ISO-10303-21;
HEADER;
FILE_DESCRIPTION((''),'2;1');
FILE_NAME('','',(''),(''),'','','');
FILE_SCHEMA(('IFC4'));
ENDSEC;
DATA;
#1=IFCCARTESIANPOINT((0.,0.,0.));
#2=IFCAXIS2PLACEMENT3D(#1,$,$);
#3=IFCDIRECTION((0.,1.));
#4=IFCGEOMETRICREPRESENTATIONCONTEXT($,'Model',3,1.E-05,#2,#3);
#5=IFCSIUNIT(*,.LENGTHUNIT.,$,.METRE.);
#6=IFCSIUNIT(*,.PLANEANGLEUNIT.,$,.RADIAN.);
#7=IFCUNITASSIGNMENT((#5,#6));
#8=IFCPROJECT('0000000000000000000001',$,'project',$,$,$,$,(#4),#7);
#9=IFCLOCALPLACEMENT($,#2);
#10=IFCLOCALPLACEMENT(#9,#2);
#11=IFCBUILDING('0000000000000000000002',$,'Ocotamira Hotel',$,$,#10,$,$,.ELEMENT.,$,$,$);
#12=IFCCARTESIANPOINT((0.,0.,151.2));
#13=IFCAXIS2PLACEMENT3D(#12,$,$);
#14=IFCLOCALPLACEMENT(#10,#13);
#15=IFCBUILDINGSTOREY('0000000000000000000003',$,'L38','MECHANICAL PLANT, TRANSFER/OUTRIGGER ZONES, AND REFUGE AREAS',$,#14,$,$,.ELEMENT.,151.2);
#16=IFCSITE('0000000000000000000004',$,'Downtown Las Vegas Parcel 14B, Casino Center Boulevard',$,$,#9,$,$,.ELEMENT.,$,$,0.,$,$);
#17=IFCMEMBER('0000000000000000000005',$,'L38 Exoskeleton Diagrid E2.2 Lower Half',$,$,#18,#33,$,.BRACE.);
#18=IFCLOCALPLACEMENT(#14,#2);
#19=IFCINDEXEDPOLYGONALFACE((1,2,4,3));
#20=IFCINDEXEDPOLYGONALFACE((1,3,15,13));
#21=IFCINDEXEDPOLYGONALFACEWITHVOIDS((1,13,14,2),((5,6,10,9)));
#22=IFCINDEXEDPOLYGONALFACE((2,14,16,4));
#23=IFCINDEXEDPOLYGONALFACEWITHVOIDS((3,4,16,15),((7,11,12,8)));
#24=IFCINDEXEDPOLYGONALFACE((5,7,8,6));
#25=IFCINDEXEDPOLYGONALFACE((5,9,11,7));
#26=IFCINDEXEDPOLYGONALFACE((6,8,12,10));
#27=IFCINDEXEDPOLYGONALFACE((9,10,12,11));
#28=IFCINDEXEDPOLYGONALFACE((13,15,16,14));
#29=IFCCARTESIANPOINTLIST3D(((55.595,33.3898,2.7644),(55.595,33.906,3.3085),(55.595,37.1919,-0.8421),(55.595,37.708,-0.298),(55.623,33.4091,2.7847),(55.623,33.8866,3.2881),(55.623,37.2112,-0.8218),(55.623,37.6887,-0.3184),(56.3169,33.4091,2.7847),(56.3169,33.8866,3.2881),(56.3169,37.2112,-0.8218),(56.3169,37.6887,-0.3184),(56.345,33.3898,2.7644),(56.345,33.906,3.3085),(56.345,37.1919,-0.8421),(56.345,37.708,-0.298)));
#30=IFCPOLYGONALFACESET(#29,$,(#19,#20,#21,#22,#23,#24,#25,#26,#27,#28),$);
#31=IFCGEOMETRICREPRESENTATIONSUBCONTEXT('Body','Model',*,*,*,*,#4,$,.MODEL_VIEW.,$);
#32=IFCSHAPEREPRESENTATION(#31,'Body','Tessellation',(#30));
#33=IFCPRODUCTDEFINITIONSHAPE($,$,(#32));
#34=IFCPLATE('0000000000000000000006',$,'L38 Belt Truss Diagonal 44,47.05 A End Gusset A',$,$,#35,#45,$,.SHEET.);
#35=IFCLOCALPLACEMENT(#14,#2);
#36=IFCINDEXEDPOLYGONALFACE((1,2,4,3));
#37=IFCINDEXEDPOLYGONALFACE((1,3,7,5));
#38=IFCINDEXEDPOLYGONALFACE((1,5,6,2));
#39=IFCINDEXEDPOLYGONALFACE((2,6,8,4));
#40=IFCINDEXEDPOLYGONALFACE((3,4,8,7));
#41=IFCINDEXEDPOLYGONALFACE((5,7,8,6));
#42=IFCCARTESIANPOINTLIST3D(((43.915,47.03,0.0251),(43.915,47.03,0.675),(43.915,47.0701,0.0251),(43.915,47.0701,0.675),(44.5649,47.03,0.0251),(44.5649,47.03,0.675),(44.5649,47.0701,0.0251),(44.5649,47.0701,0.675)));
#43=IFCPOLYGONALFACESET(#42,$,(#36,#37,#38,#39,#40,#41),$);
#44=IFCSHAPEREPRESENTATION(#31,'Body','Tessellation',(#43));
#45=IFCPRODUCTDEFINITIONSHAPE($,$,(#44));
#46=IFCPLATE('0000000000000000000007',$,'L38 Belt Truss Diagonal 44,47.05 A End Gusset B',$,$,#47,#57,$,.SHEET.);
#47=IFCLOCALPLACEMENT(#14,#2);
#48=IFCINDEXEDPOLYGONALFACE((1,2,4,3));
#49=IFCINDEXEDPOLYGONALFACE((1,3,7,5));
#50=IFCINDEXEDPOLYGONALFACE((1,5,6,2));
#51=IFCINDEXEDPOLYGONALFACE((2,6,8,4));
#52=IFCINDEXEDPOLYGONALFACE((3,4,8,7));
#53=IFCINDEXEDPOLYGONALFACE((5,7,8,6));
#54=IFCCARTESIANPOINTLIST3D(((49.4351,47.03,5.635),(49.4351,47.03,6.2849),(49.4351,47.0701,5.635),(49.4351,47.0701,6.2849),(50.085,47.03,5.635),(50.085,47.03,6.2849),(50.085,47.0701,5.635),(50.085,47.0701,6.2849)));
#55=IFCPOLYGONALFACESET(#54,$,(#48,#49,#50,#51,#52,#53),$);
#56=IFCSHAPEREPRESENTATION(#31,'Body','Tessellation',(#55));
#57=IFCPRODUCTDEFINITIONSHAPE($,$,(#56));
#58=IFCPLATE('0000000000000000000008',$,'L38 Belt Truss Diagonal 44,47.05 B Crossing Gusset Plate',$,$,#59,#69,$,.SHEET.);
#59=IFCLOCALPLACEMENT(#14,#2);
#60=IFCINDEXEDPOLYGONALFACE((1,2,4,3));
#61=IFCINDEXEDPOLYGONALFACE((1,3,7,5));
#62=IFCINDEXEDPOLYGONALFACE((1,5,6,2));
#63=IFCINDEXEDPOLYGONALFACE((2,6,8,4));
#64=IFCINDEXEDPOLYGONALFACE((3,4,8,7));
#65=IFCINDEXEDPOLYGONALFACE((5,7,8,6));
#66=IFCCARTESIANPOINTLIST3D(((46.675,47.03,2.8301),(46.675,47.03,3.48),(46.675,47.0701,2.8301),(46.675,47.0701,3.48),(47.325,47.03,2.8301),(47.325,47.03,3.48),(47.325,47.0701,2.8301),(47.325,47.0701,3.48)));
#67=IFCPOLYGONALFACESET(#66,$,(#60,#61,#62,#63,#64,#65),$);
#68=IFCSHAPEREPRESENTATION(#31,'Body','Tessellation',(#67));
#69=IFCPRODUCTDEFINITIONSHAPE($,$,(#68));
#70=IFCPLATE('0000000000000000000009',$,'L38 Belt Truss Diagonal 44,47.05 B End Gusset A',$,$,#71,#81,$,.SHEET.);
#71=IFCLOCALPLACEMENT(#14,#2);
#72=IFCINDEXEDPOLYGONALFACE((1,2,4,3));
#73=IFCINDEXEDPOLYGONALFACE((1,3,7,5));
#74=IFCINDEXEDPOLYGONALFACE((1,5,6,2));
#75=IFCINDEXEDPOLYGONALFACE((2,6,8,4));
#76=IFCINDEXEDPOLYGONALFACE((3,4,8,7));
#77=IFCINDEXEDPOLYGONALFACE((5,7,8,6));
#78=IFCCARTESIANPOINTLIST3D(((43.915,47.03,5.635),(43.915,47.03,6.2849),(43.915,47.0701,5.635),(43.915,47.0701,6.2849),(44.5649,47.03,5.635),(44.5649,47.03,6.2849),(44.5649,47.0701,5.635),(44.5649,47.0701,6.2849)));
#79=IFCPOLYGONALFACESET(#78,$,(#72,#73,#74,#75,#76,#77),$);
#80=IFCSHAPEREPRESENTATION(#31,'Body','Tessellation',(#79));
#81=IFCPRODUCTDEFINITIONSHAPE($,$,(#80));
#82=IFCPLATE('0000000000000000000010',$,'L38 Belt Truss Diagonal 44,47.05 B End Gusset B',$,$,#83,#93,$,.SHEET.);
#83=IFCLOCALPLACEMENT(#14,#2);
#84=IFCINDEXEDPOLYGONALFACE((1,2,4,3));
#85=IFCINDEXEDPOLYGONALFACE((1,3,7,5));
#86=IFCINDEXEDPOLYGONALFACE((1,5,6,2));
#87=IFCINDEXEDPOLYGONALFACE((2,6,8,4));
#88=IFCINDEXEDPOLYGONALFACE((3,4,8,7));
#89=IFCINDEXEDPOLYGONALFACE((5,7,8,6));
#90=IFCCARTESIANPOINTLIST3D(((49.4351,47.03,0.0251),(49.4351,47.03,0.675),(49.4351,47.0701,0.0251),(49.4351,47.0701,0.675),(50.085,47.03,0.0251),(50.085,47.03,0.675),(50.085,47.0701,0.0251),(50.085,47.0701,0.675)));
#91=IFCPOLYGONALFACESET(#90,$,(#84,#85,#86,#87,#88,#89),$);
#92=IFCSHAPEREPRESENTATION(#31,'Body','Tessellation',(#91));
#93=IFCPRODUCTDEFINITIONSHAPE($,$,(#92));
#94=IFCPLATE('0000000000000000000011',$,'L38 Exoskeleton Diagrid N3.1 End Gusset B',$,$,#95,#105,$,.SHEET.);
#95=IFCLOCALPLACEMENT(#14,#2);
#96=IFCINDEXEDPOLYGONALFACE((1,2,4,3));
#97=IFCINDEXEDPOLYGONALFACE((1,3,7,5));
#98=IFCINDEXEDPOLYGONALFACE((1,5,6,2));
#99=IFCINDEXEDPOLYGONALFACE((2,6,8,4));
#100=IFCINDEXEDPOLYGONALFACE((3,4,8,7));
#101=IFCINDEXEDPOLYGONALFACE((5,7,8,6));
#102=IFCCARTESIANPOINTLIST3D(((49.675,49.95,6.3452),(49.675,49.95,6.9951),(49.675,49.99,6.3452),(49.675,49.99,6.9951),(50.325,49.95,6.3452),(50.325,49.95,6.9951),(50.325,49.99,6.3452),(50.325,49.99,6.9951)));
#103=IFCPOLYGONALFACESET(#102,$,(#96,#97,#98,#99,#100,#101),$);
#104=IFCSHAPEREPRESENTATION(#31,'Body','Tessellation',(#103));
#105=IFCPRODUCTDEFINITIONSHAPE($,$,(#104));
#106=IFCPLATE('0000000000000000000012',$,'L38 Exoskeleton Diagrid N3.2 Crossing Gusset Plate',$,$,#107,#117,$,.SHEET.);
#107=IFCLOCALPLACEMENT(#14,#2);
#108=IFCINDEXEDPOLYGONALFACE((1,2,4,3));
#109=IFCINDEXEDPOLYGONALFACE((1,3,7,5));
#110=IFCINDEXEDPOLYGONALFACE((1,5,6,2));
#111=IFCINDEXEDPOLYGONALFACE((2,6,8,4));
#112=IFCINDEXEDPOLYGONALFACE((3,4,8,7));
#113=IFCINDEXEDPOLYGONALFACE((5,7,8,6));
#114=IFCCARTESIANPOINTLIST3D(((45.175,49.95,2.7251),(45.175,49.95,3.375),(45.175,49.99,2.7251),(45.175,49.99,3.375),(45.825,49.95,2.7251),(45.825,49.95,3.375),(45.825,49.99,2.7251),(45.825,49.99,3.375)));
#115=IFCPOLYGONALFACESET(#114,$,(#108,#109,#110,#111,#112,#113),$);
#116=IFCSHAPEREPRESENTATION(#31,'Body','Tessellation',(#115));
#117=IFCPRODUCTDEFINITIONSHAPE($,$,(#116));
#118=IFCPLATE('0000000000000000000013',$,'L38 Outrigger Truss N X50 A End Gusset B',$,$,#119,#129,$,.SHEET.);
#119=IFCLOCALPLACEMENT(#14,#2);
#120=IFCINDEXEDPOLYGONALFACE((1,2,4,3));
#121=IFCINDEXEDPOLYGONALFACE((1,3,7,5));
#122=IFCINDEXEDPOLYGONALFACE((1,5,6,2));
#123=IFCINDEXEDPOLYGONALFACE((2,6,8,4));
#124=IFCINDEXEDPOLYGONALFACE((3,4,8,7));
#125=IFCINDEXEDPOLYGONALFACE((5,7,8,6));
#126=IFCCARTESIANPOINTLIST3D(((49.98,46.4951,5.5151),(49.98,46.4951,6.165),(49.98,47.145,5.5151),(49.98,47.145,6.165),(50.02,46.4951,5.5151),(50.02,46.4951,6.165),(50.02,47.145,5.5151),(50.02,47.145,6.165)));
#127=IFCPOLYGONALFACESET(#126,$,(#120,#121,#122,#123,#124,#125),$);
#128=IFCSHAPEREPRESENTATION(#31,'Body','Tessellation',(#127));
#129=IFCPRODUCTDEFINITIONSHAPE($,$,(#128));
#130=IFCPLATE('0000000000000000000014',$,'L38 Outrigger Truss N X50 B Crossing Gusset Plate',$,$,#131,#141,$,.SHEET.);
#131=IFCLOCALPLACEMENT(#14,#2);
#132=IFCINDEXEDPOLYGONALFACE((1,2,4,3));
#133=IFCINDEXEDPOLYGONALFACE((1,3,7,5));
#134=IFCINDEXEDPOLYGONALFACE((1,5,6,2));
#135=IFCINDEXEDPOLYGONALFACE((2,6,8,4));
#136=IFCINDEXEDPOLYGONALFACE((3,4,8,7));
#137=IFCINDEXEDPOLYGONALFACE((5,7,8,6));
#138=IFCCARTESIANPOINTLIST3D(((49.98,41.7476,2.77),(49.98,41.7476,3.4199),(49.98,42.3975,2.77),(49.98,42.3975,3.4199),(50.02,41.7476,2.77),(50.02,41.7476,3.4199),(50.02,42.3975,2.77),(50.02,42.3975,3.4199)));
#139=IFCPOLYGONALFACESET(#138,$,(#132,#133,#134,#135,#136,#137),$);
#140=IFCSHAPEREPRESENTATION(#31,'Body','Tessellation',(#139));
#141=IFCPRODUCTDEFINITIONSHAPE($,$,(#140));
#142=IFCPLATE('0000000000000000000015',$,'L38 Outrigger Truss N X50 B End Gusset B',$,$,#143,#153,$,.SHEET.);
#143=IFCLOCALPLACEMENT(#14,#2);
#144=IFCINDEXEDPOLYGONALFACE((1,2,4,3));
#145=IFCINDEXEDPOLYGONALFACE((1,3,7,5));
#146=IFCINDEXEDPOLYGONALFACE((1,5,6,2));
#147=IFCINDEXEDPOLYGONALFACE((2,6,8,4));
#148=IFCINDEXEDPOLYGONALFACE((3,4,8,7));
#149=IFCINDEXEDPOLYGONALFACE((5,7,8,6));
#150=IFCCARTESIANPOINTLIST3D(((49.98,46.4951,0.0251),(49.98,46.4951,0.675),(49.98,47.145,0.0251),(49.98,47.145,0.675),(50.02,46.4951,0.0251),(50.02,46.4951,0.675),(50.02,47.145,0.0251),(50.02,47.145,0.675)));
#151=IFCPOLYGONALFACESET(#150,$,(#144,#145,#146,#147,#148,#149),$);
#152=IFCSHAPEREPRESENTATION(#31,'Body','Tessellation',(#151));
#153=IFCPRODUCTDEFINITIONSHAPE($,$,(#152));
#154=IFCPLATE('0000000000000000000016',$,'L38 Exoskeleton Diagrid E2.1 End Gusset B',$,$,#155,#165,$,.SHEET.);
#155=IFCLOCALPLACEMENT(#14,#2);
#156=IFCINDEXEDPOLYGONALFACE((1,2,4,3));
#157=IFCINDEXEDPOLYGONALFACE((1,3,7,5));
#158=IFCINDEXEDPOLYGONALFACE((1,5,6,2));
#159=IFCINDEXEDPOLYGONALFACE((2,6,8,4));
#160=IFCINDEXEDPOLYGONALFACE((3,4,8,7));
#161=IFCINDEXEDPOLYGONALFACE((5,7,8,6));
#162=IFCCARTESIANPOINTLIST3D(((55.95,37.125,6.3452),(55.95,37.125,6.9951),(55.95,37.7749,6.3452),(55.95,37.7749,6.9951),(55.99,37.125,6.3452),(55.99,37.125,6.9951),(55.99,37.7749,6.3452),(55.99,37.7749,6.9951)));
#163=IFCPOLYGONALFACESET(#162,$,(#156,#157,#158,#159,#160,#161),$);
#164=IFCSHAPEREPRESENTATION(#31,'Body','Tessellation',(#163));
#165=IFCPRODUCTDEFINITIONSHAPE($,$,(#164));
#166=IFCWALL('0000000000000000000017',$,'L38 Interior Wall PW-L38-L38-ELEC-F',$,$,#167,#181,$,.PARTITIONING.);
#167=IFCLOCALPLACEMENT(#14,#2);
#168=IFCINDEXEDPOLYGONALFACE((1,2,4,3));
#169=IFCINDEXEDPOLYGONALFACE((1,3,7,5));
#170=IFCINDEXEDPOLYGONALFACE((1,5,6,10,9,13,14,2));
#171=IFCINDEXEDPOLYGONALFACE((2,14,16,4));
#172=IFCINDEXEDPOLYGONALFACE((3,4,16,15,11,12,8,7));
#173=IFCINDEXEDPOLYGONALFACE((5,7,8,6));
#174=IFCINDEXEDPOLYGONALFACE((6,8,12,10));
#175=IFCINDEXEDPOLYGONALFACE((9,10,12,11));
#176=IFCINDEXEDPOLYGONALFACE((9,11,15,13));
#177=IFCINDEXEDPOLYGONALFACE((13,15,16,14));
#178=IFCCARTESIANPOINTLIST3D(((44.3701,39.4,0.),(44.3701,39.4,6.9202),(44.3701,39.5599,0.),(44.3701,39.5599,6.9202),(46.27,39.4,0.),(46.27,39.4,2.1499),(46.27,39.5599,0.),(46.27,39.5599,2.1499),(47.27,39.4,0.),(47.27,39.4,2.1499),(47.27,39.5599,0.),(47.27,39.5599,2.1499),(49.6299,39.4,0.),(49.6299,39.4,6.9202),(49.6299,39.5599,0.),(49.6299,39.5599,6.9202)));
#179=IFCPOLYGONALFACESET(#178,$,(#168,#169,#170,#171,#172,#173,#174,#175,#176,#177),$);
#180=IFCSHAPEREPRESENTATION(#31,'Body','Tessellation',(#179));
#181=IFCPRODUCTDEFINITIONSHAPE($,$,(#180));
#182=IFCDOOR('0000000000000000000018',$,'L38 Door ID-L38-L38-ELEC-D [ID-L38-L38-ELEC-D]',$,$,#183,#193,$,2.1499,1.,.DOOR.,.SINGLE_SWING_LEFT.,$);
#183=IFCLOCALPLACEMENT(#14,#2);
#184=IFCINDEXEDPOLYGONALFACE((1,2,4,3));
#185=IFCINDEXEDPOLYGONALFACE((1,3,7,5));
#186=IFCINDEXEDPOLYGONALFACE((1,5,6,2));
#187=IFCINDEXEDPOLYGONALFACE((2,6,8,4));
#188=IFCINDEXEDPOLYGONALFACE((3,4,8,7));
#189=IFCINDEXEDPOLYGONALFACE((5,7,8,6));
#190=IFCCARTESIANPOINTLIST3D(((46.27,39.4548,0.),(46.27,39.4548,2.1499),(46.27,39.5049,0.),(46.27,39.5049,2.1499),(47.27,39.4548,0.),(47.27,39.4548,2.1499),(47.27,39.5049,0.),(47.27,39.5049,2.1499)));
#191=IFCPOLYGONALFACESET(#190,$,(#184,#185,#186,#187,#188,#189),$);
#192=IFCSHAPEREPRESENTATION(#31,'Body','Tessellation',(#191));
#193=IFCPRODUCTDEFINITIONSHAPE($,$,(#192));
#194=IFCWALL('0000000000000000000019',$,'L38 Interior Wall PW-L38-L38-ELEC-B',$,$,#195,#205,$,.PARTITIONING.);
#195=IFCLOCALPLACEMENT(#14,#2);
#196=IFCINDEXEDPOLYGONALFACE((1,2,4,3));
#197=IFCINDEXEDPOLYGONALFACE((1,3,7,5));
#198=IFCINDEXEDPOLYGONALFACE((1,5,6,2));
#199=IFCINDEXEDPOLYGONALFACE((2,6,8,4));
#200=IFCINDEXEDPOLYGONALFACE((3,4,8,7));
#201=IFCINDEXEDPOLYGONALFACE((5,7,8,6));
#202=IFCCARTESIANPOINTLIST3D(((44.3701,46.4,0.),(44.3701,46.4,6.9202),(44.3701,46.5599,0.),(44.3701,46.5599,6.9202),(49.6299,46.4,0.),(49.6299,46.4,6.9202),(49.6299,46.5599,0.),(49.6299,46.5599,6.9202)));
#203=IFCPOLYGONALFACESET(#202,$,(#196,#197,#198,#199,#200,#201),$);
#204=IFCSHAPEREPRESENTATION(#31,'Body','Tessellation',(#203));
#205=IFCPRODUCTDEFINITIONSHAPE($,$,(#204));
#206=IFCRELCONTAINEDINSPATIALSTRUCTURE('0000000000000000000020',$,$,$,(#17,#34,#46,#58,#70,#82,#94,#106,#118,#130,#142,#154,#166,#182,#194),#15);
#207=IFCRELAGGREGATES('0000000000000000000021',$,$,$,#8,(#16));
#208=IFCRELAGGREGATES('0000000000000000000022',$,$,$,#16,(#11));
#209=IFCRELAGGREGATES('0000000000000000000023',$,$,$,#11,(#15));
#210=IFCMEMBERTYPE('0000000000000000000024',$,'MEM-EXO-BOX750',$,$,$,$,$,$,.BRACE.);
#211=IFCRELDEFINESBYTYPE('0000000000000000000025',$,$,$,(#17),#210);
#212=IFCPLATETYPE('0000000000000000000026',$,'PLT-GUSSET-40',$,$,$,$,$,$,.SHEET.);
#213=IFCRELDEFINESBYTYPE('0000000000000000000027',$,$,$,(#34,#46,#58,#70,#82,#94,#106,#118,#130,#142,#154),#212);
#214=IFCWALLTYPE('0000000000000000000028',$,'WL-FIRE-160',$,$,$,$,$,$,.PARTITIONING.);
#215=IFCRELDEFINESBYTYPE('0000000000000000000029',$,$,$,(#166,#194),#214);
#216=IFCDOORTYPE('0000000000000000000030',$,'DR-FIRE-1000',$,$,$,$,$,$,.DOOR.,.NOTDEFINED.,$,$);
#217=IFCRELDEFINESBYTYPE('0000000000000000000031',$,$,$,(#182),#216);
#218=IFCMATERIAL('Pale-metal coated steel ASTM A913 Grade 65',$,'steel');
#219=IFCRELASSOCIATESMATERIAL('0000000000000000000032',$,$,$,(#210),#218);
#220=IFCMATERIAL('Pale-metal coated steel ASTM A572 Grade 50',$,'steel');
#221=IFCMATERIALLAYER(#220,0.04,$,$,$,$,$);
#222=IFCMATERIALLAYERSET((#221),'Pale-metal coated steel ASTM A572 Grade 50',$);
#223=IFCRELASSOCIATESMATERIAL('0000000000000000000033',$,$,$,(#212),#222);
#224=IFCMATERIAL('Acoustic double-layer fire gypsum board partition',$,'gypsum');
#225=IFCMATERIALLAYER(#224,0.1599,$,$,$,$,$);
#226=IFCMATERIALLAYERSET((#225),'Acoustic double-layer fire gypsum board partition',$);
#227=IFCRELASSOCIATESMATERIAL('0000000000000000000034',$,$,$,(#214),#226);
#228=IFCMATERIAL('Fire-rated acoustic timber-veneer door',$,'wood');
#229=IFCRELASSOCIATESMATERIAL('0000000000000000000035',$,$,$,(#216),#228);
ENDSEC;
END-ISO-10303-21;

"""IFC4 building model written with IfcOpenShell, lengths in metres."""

from ifc_helpers import new_model, si_unit, direction, frame, frame_2d, origin, origin_2d, place, context, subcontext, project, spatial, rectangle, hollow_rectangle, extrude, source, transform, mapped, material, layer, layer_set, material_profile, profile_set, type_object, element, fill, save


model = new_model("IFC4")

# Units and contexts
model_context = context("Model", 3, precision=1e-05, world=origin(), true_north=direction((0.0, 1.0)))
body_context = subcontext(model_context, "Body", "Model", "MODEL_VIEW")
ifc_project = project(units=[si_unit("LENGTHUNIT", "METRE"), si_unit("PLANEANGLEUNIT", "RADIAN")], contexts=[model_context])

# Site, building, storey
site_placement = place(None, origin())
site = spatial("IfcSite", under=ifc_project, at=site_placement, Name="Downtown Las Vegas Parcel 14B, Casino Center Boulevard", CompositionType="ELEMENT", RefElevation=0.0)
building_placement = place(site_placement, origin())
building = spatial("IfcBuilding", under=site, at=building_placement, Name="Ocotamira Hotel", CompositionType="ELEMENT")
storey_placement = place(building_placement, frame((0.0, 0.0, 151.2)))
storey = spatial("IfcBuildingStorey", under=building, at=storey_placement, Name="L38", Description="MECHANICAL PLANT, TRANSFER/OUTRIGGER ZONES, AND REFUGE AREAS", CompositionType="ELEMENT", Elevation=151.2)

# Member
ifc_material_1 = material(Name="Pale-metal coated steel ASTM A913 Grade 65", Category="steel")
ifc_material_profile_1 = material_profile(ifc_material_1, hollow_rectangle(XDim=0.75, YDim=0.75, WallThickness=0.0281, at=origin_2d()), Name="BOX750X750X28")
ifc_profile_set_1 = profile_set([ifc_material_profile_1], Name="Pale-metal coated steel ASTM A913 Grade 65")
member_type_1 = type_object("IfcMemberType", Name="MEM-EXO-BOX750", PredefinedType="BRACE", material=ifc_profile_set_1)
shared_shape_1 = source(origin(), body_context, "Body", "SweptSolid", [
    extrude(hollow_rectangle(XDim=0.75, YDim=0.75, WallThickness=0.0281, at=origin_2d()), origin(), (0.0, 0.0, 1.0), 5.2405),
])
member_1_placement = place(storey_placement, frame((55.97, 37.45, -0.5701), z_axis=(0.0, -0.725519, 0.688202), x_axis=(1.0, 0.0, 0.0)))
element("IfcMember", 1, at=member_1_placement, inside=storey, type_object=member_type_1, Name="L38 Exoskeleton Diagrid E2.2 Lower Half", PredefinedType="BRACE", context=body_context, shape_type="MappedRepresentation", body=[
    mapped(shared_shape_1, transform((0.0, 0.0, 0.0), scale=1.0)),
])

# Plates
ifc_material_2 = material(Name="Pale-metal coated steel ASTM A572 Grade 50", Category="steel")
ifc_layer_1 = layer(ifc_material_2, 0.04)
ifc_layer_set_1 = layer_set([ifc_layer_1], Name="Pale-metal coated steel ASTM A572 Grade 50")
plate_type = type_object("IfcPlateType", Name="PLT-GUSSET-40", PredefinedType="SHEET", material=ifc_layer_set_1)
shared_shape_2 = source(origin(), body_context, "Body", "SweptSolid", [
    extrude(rectangle(XDim=0.6499, YDim=0.04, at=origin_2d()), origin(), (0.0, 0.0, 1.0), 0.6499),
])
for number, where, z_axis, x_axis, name in (
    (2, (44.24, 47.05, 0.0251), (0.0, 0.0, 1.0), (1.0, 0.0, 0.0), "L38 Belt Truss Diagonal 44,47.05 A End Gusset A"),
    (3, (49.76, 47.05, 5.635), (0.0, 0.0, 1.0), (1.0, 0.0, 0.0), "L38 Belt Truss Diagonal 44,47.05 A End Gusset B"),
    (4, (47.0, 47.05, 2.8301), (0.0, 0.0, 1.0), (1.0, 0.0, 0.0), "L38 Belt Truss Diagonal 44,47.05 B Crossing Gusset Plate"),
    (5, (44.24, 47.05, 5.635), (0.0, 0.0, 1.0), (1.0, 0.0, 0.0), "L38 Belt Truss Diagonal 44,47.05 B End Gusset A"),
    (6, (49.76, 47.05, 0.0251), (0.0, 0.0, 1.0), (1.0, 0.0, 0.0), "L38 Belt Truss Diagonal 44,47.05 B End Gusset B"),
    (7, (50.0, 49.97, 6.3452), (0.0, 0.0, 1.0), (1.0, 0.0, 0.0), "L38 Exoskeleton Diagrid N3.1 End Gusset B"),
    (8, (45.5, 49.97, 2.7251), (0.0, 0.0, 1.0), (-1.0, 0.0, 0.0), "L38 Exoskeleton Diagrid N3.2 Crossing Gusset Plate"),
):
    element("IfcPlate", number, at=place(storey_placement, frame(where, z_axis=z_axis, x_axis=x_axis)), inside=storey, type_object=plate_type, Name=name, PredefinedType="SHEET", context=body_context, shape_type="MappedRepresentation", body=[
        mapped(shared_shape_2, transform((0.0, 0.0, 0.0), scale=1.0)),
    ])
shared_shape_3 = source(origin(), body_context, "Body", "SweptSolid", [
    extrude(rectangle(XDim=0.04, YDim=0.6499, at=origin_2d()), origin(), (0.0, 0.0, 1.0), 0.6499),
])
for number, where, z_axis, x_axis, name in (
    (9, (50.0, 46.8201, 5.5151), (0.0, 0.0, 1.0), (1.0, 0.0, 0.0), "L38 Outrigger Truss N X50 A End Gusset B"),
    (10, (50.0, 42.0725, 2.77), (0.0, 0.0, 1.0), (1.0, 0.0, 0.0), "L38 Outrigger Truss N X50 B Crossing Gusset Plate"),
    (11, (50.0, 46.8201, 0.0251), (0.0, 0.0, 1.0), (1.0, 0.0, 0.0), "L38 Outrigger Truss N X50 B End Gusset B"),
    (12, (55.97, 37.45, 6.3452), (0.0, 0.0, 1.0), (1.0, 0.0, 0.0), "L38 Exoskeleton Diagrid E2.1 End Gusset B"),
):
    element("IfcPlate", number, at=place(storey_placement, frame(where, z_axis=z_axis, x_axis=x_axis)), inside=storey, type_object=plate_type, Name=name, PredefinedType="SHEET", context=body_context, shape_type="MappedRepresentation", body=[
        mapped(shared_shape_3, transform((0.0, 0.0, 0.0), scale=1.0)),
    ])

# Wall, opening, door
ifc_material_3 = material(Name="Acoustic double-layer fire gypsum board partition", Category="gypsum")
ifc_layer_2 = layer(ifc_material_3, 0.1599)
ifc_layer_set_2 = layer_set([ifc_layer_2], Name="Acoustic double-layer fire gypsum board partition")
wall_type = type_object("IfcWallType", Name="WL-FIRE-160", PredefinedType="PARTITIONING", material=ifc_layer_set_2)
wall_1_placement = place(storey_placement, frame((44.3701, 39.48, 0.0), z_axis=(0.0, 0.0, 1.0), x_axis=(1.0, 0.0, 0.0)))
wall_1 = element("IfcWall", 13, at=wall_1_placement, inside=storey, type_object=wall_type, Name="L38 Interior Wall PW-L38-L38-ELEC-F", PredefinedType="PARTITIONING", context=body_context, shape_type="SweptSolid", body=[
    extrude(rectangle(XDim=5.2598, YDim=0.1599, at=frame_2d((2.6299, 0.0))), origin(), (0.0, 0.0, 1.0), 6.9202),
])
opening_placement = place(wall_1_placement, frame((1.8999, 0.0, 0.0)))
opening = element("IfcOpeningElement", 14, at=opening_placement, cuts=wall_1, PredefinedType="OPENING", context=body_context, shape_type="SweptSolid", body=[
    extrude(rectangle(XDim=1.0, YDim=2.1499, at=frame_2d((0.5, 1.075))), frame((0.0, 0.0898, 0.0), z_axis=(0.0, -1.0, 0.0), x_axis=(1.0, 0.0, 0.0)), (0.0, 0.0, 1.0), 0.1799),
])
ifc_material_4 = material(Name="Fire-rated acoustic timber-veneer door", Category="wood")
door_type = type_object("IfcDoorType", Name="DR-FIRE-1000", OperationType="NOTDEFINED", PredefinedType="DOOR", material=ifc_material_4)
shared_shape_4 = source(origin(), body_context, "Body", "SweptSolid", [
    extrude(rectangle(XDim=1.0, YDim=2.1499, at=frame_2d((0.5, 1.075))), frame((0.0, 0.0249, 0.0), z_axis=(0.0, -1.0, 0.0), x_axis=(1.0, 0.0, 0.0)), (0.0, 0.0, 1.0), 0.05),
])
door_placement = place(opening_placement, origin())
door = element("IfcDoor", 15, at=door_placement, inside=storey, type_object=door_type, Name="L38 Door ID-L38-L38-ELEC-D [ID-L38-L38-ELEC-D]", OperationType="SINGLE_SWING_LEFT", OverallHeight=2.1499, OverallWidth=1.0, PredefinedType="DOOR", context=body_context, shape_type="MappedRepresentation", body=[
    mapped(shared_shape_4, transform((0.0, 0.0, 0.0), scale=1.0)),
])
fill(opening, door)

# Wall
wall_2_placement = place(storey_placement, frame((44.3701, 46.48, 0.0), z_axis=(0.0, 0.0, 1.0), x_axis=(1.0, 0.0, 0.0)))
element("IfcWall", 16, at=wall_2_placement, inside=storey, type_object=wall_type, Name="L38 Interior Wall PW-L38-L38-ELEC-B", PredefinedType="PARTITIONING", context=body_context, shape_type="SweptSolid", body=[
    extrude(rectangle(XDim=5.2598, YDim=0.1599, at=frame_2d((2.6299, 0.0))), origin(), (0.0, 0.0, 1.0), 6.9202),
])

save(model, "model.ifc")
